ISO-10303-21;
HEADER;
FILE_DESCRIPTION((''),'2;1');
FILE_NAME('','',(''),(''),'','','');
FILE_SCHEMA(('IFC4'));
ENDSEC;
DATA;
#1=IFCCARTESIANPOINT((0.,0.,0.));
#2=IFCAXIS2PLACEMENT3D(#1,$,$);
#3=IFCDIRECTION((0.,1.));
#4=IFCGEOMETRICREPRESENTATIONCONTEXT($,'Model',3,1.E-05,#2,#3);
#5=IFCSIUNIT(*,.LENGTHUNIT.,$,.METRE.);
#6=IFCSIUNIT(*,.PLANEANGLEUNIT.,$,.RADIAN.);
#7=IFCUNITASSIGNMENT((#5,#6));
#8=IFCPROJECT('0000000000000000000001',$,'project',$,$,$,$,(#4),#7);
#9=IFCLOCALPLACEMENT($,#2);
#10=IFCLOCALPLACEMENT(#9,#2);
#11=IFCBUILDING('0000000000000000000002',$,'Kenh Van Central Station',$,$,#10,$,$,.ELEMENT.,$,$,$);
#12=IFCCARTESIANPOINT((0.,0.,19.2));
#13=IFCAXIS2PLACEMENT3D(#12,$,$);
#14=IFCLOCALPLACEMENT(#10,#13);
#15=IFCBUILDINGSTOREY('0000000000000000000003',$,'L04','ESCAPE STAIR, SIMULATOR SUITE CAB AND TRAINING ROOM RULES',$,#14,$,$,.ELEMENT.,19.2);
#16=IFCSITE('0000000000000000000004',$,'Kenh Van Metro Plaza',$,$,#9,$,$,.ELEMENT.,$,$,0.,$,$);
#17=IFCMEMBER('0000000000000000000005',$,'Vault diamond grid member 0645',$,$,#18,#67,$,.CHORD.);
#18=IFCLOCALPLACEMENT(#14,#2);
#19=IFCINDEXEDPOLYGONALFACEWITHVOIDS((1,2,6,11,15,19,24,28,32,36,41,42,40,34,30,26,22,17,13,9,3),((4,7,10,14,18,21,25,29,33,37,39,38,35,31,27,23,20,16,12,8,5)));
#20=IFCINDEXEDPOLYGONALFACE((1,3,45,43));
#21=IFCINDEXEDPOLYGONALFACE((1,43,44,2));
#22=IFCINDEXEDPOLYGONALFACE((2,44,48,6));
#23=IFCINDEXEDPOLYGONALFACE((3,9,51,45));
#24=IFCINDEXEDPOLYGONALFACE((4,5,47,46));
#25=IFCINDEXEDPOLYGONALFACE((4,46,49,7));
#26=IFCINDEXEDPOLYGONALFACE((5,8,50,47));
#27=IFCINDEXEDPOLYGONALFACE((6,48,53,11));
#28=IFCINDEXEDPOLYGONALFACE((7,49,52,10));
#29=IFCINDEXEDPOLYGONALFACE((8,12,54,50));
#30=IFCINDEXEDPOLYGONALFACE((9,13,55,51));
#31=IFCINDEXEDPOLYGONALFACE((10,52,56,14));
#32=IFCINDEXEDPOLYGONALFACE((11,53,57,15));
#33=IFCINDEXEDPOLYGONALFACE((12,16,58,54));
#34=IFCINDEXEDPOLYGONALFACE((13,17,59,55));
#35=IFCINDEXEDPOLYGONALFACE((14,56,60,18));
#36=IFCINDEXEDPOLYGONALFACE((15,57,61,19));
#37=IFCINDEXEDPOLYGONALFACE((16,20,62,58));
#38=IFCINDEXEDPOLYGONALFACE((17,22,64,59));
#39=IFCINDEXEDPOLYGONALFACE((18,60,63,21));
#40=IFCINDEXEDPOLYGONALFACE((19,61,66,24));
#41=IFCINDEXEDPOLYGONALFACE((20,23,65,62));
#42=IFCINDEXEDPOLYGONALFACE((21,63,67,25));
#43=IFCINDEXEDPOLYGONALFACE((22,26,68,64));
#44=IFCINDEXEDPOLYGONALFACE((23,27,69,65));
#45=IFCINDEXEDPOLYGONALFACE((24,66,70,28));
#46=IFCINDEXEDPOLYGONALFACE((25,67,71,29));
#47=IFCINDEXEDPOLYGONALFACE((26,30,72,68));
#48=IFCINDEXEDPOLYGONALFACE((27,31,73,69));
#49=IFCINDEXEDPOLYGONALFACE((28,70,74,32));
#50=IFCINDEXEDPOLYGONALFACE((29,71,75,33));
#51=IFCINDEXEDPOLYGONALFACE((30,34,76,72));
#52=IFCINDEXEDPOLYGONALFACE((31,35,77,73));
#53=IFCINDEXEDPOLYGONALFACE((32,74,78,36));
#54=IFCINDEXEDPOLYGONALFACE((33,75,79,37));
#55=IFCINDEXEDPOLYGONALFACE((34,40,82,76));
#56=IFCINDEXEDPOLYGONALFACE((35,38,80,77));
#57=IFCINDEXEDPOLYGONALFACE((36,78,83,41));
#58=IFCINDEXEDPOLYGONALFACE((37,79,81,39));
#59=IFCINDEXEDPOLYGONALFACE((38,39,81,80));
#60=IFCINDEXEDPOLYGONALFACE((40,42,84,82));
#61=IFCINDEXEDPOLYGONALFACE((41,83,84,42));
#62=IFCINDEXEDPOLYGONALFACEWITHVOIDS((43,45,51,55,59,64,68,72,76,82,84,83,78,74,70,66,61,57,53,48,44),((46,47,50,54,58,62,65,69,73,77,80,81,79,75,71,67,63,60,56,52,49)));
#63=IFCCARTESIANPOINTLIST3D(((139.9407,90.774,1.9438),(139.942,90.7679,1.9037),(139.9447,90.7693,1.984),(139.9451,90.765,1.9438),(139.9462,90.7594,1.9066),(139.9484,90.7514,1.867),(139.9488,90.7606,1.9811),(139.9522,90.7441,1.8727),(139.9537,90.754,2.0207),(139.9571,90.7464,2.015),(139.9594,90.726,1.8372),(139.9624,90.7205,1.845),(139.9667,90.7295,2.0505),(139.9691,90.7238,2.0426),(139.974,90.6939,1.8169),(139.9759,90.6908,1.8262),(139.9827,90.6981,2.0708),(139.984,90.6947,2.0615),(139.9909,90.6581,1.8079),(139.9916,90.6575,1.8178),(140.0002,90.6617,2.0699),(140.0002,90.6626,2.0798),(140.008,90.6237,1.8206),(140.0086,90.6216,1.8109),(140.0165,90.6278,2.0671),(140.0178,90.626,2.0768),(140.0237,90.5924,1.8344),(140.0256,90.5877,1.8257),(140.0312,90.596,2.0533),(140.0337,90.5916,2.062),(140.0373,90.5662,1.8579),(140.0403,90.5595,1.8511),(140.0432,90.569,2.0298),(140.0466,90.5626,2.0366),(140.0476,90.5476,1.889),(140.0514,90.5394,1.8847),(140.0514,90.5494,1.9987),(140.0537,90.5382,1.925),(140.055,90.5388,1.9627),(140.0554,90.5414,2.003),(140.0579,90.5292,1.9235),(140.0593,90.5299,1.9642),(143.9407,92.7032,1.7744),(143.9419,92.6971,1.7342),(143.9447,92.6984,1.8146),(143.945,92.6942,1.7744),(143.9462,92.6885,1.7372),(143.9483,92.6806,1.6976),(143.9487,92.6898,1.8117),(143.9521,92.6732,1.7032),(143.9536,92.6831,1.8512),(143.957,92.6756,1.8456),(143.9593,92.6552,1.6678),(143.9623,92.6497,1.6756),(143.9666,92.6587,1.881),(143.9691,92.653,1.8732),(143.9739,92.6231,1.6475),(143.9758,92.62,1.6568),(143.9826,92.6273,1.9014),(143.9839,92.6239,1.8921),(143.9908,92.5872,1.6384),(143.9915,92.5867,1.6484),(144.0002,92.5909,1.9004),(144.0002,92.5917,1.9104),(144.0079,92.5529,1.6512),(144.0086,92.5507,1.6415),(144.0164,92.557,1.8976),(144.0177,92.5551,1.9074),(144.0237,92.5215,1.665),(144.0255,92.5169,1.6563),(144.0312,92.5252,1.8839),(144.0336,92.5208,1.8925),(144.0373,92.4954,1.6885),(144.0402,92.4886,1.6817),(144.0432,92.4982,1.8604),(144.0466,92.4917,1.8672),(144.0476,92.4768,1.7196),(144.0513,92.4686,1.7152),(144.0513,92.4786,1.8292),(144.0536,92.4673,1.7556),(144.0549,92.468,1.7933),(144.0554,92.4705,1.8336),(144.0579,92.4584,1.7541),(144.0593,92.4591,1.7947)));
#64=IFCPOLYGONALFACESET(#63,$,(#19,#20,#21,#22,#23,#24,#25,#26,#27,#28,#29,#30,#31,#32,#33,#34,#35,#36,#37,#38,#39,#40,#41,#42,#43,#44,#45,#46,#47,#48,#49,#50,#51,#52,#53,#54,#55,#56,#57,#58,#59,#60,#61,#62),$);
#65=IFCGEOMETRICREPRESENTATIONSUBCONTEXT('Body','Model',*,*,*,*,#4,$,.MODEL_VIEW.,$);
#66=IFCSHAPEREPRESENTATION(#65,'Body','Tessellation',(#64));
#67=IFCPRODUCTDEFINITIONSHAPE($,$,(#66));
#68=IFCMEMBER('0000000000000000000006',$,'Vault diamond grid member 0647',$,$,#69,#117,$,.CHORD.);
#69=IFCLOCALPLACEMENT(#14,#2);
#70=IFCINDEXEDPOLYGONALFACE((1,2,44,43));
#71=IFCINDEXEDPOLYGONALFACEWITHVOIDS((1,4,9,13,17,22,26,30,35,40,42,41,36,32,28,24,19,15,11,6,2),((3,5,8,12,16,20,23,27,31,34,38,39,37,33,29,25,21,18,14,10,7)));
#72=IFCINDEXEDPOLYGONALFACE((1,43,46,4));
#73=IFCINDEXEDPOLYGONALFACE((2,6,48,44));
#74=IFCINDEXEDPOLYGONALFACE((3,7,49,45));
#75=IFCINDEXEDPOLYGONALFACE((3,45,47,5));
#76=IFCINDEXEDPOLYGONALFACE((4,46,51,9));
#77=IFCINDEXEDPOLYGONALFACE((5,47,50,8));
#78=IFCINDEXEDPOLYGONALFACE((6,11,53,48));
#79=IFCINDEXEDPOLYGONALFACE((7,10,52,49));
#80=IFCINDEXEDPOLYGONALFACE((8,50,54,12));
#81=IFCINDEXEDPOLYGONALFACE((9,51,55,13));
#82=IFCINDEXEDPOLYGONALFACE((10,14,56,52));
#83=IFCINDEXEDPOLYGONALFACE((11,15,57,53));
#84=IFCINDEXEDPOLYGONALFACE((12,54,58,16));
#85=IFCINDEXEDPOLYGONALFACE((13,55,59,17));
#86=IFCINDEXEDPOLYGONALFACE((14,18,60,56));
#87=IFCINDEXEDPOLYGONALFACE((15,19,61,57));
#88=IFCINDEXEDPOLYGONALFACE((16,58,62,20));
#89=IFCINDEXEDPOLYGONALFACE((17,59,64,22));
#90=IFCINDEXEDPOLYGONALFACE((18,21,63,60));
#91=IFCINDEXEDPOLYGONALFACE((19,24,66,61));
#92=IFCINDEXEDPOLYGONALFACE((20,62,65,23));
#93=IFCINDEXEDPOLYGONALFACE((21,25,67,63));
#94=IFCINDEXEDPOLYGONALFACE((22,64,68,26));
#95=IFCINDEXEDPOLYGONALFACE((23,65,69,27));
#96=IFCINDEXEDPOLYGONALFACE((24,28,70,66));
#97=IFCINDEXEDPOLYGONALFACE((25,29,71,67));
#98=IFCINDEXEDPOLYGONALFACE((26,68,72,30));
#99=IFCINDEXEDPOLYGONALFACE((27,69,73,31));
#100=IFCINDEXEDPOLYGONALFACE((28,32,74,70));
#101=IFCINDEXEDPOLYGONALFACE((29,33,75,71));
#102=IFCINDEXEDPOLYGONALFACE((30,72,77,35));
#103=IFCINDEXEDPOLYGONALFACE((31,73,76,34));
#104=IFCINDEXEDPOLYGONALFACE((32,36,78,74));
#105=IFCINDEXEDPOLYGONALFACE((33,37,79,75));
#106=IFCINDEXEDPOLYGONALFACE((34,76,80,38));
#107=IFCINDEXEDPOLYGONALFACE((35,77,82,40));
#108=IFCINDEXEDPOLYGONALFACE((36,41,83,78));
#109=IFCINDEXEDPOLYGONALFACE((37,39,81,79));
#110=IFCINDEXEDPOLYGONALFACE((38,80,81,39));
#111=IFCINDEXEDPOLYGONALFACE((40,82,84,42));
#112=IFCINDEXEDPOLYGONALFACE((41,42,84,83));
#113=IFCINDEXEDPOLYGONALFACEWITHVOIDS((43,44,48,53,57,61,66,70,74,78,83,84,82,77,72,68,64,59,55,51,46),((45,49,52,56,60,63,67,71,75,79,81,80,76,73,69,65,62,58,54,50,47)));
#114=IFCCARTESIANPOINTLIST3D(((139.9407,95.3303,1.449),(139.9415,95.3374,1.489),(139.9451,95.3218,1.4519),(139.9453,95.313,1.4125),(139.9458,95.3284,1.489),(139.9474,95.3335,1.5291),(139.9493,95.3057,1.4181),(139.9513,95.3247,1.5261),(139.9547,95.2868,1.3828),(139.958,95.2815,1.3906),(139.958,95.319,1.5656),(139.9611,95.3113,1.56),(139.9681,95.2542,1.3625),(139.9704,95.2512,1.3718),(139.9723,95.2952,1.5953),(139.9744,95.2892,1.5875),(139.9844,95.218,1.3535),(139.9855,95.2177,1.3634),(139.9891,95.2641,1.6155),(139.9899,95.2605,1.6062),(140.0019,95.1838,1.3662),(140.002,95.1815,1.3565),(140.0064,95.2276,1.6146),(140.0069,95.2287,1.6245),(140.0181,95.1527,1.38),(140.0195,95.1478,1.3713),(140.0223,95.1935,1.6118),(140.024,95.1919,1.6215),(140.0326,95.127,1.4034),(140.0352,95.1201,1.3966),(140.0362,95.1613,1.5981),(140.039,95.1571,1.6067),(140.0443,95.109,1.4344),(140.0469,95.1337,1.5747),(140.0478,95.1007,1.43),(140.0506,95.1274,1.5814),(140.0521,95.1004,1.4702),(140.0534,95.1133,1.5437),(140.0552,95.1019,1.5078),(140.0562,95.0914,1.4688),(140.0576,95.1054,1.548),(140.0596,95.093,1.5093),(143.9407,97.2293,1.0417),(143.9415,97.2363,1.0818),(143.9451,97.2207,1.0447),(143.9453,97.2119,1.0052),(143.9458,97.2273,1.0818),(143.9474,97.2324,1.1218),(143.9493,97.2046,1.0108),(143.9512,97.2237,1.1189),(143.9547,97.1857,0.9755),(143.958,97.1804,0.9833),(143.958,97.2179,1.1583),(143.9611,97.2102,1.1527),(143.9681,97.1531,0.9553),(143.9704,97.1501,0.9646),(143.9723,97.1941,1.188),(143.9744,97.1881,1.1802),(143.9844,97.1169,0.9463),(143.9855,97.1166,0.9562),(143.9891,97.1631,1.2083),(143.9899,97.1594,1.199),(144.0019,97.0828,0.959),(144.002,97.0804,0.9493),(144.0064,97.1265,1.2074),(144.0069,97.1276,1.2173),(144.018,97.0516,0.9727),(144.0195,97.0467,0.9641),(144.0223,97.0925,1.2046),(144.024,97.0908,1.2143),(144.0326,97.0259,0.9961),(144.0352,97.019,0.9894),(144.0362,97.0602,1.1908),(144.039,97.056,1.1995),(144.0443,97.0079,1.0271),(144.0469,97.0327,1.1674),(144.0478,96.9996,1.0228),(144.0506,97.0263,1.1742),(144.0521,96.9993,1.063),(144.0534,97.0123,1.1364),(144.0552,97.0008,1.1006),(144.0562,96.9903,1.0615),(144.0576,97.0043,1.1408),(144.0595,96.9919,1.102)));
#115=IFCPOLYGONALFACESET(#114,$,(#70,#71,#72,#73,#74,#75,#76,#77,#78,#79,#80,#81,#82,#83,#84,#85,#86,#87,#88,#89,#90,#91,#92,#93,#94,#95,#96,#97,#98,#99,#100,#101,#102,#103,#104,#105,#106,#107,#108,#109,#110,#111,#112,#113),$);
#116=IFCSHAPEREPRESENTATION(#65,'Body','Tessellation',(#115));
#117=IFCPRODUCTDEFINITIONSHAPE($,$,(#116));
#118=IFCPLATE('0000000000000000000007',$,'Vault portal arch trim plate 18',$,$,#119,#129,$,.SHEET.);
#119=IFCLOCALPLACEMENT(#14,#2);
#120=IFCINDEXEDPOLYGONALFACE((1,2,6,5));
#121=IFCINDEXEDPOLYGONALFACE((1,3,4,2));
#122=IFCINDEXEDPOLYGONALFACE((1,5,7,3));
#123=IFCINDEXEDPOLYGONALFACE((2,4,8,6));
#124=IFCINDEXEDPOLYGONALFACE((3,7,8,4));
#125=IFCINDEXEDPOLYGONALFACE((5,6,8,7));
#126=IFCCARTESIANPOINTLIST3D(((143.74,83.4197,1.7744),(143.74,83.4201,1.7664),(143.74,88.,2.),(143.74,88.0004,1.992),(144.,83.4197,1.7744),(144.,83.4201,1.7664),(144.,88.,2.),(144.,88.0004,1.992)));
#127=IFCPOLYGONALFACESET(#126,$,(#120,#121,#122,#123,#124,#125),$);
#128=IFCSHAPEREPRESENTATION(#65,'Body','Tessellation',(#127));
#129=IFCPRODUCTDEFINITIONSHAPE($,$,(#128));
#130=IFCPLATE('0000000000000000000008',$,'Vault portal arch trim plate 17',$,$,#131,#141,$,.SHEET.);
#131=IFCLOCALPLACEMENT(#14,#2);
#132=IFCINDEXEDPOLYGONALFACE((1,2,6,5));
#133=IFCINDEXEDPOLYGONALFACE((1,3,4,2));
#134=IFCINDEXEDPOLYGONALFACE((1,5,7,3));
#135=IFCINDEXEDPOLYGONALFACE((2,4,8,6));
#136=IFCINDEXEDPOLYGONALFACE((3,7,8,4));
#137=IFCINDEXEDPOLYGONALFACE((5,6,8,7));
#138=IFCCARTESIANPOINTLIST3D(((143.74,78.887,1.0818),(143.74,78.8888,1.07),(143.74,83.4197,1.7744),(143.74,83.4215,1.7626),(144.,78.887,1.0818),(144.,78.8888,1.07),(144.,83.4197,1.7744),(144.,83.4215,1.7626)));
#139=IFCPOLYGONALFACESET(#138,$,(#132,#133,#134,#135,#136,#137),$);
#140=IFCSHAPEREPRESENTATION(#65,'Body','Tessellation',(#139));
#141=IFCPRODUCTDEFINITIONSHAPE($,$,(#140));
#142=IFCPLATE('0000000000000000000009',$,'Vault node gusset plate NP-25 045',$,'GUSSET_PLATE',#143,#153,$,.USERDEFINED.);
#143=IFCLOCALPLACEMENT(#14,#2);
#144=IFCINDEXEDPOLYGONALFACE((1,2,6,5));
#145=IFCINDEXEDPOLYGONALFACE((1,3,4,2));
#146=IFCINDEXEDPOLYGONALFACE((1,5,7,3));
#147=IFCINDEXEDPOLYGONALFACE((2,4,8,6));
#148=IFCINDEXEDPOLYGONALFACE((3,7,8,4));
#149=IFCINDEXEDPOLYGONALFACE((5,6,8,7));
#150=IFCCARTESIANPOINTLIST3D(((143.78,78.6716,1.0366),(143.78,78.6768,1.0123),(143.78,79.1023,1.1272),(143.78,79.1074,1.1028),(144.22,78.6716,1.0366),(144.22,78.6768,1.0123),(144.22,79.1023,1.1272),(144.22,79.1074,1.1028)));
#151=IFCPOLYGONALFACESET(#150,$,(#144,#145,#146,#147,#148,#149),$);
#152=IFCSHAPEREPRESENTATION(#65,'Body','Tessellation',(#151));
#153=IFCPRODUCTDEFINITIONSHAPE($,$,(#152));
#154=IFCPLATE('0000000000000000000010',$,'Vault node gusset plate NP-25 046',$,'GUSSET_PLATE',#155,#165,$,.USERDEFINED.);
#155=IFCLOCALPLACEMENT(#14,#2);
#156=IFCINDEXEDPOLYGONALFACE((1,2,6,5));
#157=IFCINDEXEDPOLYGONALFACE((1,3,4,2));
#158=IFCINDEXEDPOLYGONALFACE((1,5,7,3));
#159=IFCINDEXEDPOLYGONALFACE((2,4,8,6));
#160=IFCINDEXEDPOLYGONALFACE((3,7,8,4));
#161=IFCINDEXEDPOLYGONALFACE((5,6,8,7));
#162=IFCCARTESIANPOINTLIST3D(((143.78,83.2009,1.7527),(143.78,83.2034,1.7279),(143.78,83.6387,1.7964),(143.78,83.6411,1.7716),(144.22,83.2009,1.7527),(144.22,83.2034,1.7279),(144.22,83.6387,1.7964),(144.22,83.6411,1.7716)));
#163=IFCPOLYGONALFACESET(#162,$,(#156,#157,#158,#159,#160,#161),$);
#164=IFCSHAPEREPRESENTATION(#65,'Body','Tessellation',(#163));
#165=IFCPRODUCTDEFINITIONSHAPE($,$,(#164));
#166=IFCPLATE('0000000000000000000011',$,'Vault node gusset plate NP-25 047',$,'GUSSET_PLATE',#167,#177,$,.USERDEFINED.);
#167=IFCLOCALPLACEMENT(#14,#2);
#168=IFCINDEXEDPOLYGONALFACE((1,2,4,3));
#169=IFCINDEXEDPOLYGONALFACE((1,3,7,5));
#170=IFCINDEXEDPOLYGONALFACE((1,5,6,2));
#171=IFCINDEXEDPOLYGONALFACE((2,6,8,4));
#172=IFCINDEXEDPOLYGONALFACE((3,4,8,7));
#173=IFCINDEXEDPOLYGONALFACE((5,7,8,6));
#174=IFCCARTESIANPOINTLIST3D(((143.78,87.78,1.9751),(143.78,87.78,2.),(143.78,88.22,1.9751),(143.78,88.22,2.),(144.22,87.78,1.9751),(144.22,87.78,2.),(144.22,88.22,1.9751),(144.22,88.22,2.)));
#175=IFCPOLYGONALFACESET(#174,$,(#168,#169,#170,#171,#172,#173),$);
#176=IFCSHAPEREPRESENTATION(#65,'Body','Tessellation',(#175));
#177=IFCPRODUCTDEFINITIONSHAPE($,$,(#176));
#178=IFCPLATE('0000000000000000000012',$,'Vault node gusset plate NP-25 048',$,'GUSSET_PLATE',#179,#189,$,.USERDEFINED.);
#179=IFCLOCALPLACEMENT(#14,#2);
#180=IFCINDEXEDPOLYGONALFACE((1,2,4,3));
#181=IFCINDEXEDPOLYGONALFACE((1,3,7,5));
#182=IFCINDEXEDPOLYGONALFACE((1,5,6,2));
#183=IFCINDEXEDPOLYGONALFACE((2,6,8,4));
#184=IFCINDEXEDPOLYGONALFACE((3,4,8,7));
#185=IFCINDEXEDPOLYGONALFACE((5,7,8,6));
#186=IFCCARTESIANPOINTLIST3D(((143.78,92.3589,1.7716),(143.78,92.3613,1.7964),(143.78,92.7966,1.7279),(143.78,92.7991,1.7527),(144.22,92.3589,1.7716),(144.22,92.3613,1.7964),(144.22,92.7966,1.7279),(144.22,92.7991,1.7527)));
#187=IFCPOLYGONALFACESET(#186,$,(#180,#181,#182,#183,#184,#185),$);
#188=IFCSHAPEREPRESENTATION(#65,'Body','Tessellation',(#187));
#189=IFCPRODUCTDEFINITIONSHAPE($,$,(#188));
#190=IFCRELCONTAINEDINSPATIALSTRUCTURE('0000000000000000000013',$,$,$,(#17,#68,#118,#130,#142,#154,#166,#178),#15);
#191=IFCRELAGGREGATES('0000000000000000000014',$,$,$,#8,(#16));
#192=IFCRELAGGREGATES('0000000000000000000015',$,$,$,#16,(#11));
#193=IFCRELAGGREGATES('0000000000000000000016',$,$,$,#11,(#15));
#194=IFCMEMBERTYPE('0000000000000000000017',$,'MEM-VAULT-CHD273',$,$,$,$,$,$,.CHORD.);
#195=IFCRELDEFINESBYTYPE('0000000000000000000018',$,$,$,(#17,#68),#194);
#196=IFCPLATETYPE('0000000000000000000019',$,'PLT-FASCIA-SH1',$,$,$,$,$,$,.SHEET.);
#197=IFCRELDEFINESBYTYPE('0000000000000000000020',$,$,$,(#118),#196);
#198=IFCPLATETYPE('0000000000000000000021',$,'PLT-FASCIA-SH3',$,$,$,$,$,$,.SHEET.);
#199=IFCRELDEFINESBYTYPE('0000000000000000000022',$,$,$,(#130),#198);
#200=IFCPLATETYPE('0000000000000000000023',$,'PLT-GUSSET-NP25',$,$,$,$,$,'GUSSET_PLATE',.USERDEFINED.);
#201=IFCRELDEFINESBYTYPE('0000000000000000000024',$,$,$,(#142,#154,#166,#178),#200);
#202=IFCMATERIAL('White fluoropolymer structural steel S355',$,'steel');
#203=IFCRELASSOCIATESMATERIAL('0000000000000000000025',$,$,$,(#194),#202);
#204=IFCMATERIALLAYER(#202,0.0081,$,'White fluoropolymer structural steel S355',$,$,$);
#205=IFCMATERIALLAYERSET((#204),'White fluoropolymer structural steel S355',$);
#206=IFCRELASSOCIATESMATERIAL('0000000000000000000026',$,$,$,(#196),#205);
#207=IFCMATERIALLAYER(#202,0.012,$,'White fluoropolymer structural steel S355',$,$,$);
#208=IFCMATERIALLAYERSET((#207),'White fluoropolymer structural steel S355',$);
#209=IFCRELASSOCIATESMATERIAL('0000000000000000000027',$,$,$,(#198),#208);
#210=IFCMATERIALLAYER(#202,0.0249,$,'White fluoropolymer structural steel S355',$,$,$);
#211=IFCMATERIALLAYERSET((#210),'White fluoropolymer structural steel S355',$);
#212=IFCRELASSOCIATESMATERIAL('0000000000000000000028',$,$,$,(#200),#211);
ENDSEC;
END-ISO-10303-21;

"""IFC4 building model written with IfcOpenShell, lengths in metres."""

from ifc_helpers import new_model, si_unit, direction, frame, origin, origin_2d, place, context, subcontext, project, spatial, polyline, hollow_circle, outline, extrude, material, layer, layer_set, material_profile, profile_set, type_object, element, save


model = new_model("IFC4")

# Units and contexts
model_context = context("Model", 3, precision=1e-05, world=origin(), true_north=direction((0.0, 1.0)))
body_context = subcontext(model_context, "Body", "Model", "MODEL_VIEW")
ifc_project = project(units=[si_unit("LENGTHUNIT", "METRE"), si_unit("PLANEANGLEUNIT", "RADIAN")], contexts=[model_context])

# Site, building, storey
site_placement = place(None, origin())
site = spatial("IfcSite", under=ifc_project, at=site_placement, Name="Kenh Van Metro Plaza", CompositionType="ELEMENT", RefElevation=0.0)
building_placement = place(site_placement, origin())
building = spatial("IfcBuilding", under=site, at=building_placement, Name="Kenh Van Central Station", CompositionType="ELEMENT")
storey_placement = place(building_placement, frame((0.0, 0.0, 19.2)))
storey = spatial("IfcBuildingStorey", under=building, at=storey_placement, Name="L04", Description="ESCAPE STAIR, SIMULATOR SUITE CAB AND TRAINING ROOM RULES", CompositionType="ELEMENT", Elevation=19.2)

# Shared definitions
ifc_material_1 = material(Name="White fluoropolymer structural steel S355", Category="steel")

# Members
ifc_material_profile_1 = material_profile(ifc_material_1, hollow_circle(Radius=0.1365, WallThickness=0.01, at=origin_2d()), Name="CHS 273x10")
ifc_profile_set_1 = profile_set([ifc_material_profile_1], Name="White fluoropolymer structural steel S355")
member_type_1 = type_object("IfcMemberType", Name="MEM-VAULT-CHD273", PredefinedType="CHORD", material=ifc_profile_set_1)
member_1_placement = place(storey_placement, frame((140.0, 90.6511, 1.9438), z_axis=(0.900059, 0.434098, -0.038125), x_axis=(-0.434414, 0.900713, 0.0)))
element("IfcMember", 1, at=member_1_placement, inside=storey, type_object=member_type_1, Name="Vault diamond grid member 0645", PredefinedType="CHORD", context=body_context, shape_type="SweptSolid", body=[
    extrude(hollow_circle(Radius=0.1365, WallThickness=0.01, at=origin_2d()), origin(), (0.0, 0.0, 1.0), 4.4441),
])
member_2_placement = place(storey_placement, frame((140.0, 95.2141, 1.489), z_axis=(0.899575, 0.427057, -0.091583), x_axis=(-0.428859, 0.903372, 0.0)))
element("IfcMember", 2, at=member_2_placement, inside=storey, type_object=member_type_1, Name="Vault diamond grid member 0647", PredefinedType="CHORD", context=body_context, shape_type="SweptSolid", body=[
    extrude(hollow_circle(Radius=0.1365, WallThickness=0.01, at=origin_2d()), origin(), (0.0, 0.0, 1.0), 4.4465),
])

# Plates
ifc_layer_1 = layer(ifc_material_1, 0.0081, Name="White fluoropolymer structural steel S355")
ifc_layer_set_1 = layer_set([ifc_layer_1], Name="White fluoropolymer structural steel S355")
plate_type_1 = type_object("IfcPlateType", Name="PLT-FASCIA-SH1", PredefinedType="SHEET", material=ifc_layer_set_1)
plate_1_placement = place(storey_placement, frame((144.0, 83.4197, 1.7744), z_axis=(0.0, -0.049191, 0.998789), x_axis=(-1.0, 0.0, 0.0)))
element("IfcPlate", 3, at=plate_1_placement, inside=storey, type_object=plate_type_1, Name="Vault portal arch trim plate 18", PredefinedType="SHEET", context=body_context, shape_type="SweptSolid", body=[
    extrude(outline(polyline([(0.0, 0.0), (0.26, 0.0), (0.26, -4.5859), (0.0, -4.5859), (0.0, 0.0)])), origin(), (0.0, 0.0, -1.0), 0.0081),
])
ifc_layer_2 = layer(ifc_material_1, 0.012, Name="White fluoropolymer structural steel S355")
ifc_layer_set_2 = layer_set([ifc_layer_2], Name="White fluoropolymer structural steel S355")
plate_type_2 = type_object("IfcPlateType", Name="PLT-FASCIA-SH3", PredefinedType="SHEET", material=ifc_layer_set_2)
plate_2_placement = place(storey_placement, frame((144.0, 78.887, 1.0818), z_axis=(0.0, -0.151053, 0.988526), x_axis=(-1.0, 0.0, 0.0)))
element("IfcPlate", 4, at=plate_2_placement, inside=storey, type_object=plate_type_2, Name="Vault portal arch trim plate 17", PredefinedType="SHEET", context=body_context, shape_type="SweptSolid", body=[
    extrude(outline(polyline([(0.0, 0.0), (0.26, 0.0), (0.26, -4.5853), (0.0, -4.5853), (0.0, 0.0)])), origin(), (0.0, 0.0, -1.0), 0.012),
])
ifc_layer_3 = layer(ifc_material_1, 0.0249, Name="White fluoropolymer structural steel S355")
ifc_layer_set_3 = layer_set([ifc_layer_3], Name="White fluoropolymer structural steel S355")
plate_type_3 = type_object("IfcPlateType", Name="PLT-GUSSET-NP25", ElementType="GUSSET_PLATE", PredefinedType="USERDEFINED", material=ifc_layer_set_3)
plate_3_placement = place(storey_placement, frame((143.78, 78.6716, 1.0366), z_axis=(0.0, -0.205815, 0.978591), x_axis=(1.0, 0.0, 0.0)))
element("IfcPlate", 5, at=plate_3_placement, inside=storey, type_object=plate_type_3, Name="Vault node gusset plate NP-25 045", ObjectType="GUSSET_PLATE", PredefinedType="USERDEFINED", context=body_context, shape_type="SweptSolid", body=[
    extrude(outline(polyline([(0.0, 0.0), (0.4399, 0.0), (0.4399, 0.4401), (0.0, 0.4401), (0.0, 0.0)])), origin(), (0.0, 0.0, -1.0), 0.0249),
])
plate_4_placement = place(storey_placement, frame((143.78, 83.2009, 1.7527), z_axis=(0.0, -0.099339, 0.995054), x_axis=(1.0, 0.0, 0.0)))
element("IfcPlate", 6, at=plate_4_placement, inside=storey, type_object=plate_type_3, Name="Vault node gusset plate NP-25 046", ObjectType="GUSSET_PLATE", PredefinedType="USERDEFINED", context=body_context, shape_type="SweptSolid", body=[
    extrude(outline(polyline([(0.0, 0.0), (0.4399, 0.0), (0.4399, 0.4399), (0.0, 0.4399), (0.0, 0.0)])), origin(), (0.0, 0.0, -1.0), 0.0249),
])
plate_5_placement = place(storey_placement, frame((143.78, 87.78, 2.0), z_axis=(0.0, 0.0, 1.0), x_axis=(1.0, 0.0, 0.0)))
element("IfcPlate", 7, at=plate_5_placement, inside=storey, type_object=plate_type_3, Name="Vault node gusset plate NP-25 047", ObjectType="GUSSET_PLATE", PredefinedType="USERDEFINED", context=body_context, shape_type="SweptSolid", body=[
    extrude(outline(polyline([(0.0, 0.0), (0.4399, 0.0), (0.4399, 0.4399), (0.0, 0.4399), (0.0, 0.0)])), origin(), (0.0, 0.0, -1.0), 0.0249),
])
plate_6_placement = place(storey_placement, frame((143.78, 92.3613, 1.7964), z_axis=(0.0, 0.099339, 0.995054), x_axis=(1.0, 0.0, 0.0)))
element("IfcPlate", 8, at=plate_6_placement, inside=storey, type_object=plate_type_3, Name="Vault node gusset plate NP-25 048", ObjectType="GUSSET_PLATE", PredefinedType="USERDEFINED", context=body_context, shape_type="SweptSolid", body=[
    extrude(outline(polyline([(0.0, 0.0), (0.4399, 0.0), (0.4399, 0.4399), (0.0, 0.4399), (0.0, 0.0)])), origin(), (0.0, 0.0, -1.0), 0.0249),
])

save(model, "model.ifc")
